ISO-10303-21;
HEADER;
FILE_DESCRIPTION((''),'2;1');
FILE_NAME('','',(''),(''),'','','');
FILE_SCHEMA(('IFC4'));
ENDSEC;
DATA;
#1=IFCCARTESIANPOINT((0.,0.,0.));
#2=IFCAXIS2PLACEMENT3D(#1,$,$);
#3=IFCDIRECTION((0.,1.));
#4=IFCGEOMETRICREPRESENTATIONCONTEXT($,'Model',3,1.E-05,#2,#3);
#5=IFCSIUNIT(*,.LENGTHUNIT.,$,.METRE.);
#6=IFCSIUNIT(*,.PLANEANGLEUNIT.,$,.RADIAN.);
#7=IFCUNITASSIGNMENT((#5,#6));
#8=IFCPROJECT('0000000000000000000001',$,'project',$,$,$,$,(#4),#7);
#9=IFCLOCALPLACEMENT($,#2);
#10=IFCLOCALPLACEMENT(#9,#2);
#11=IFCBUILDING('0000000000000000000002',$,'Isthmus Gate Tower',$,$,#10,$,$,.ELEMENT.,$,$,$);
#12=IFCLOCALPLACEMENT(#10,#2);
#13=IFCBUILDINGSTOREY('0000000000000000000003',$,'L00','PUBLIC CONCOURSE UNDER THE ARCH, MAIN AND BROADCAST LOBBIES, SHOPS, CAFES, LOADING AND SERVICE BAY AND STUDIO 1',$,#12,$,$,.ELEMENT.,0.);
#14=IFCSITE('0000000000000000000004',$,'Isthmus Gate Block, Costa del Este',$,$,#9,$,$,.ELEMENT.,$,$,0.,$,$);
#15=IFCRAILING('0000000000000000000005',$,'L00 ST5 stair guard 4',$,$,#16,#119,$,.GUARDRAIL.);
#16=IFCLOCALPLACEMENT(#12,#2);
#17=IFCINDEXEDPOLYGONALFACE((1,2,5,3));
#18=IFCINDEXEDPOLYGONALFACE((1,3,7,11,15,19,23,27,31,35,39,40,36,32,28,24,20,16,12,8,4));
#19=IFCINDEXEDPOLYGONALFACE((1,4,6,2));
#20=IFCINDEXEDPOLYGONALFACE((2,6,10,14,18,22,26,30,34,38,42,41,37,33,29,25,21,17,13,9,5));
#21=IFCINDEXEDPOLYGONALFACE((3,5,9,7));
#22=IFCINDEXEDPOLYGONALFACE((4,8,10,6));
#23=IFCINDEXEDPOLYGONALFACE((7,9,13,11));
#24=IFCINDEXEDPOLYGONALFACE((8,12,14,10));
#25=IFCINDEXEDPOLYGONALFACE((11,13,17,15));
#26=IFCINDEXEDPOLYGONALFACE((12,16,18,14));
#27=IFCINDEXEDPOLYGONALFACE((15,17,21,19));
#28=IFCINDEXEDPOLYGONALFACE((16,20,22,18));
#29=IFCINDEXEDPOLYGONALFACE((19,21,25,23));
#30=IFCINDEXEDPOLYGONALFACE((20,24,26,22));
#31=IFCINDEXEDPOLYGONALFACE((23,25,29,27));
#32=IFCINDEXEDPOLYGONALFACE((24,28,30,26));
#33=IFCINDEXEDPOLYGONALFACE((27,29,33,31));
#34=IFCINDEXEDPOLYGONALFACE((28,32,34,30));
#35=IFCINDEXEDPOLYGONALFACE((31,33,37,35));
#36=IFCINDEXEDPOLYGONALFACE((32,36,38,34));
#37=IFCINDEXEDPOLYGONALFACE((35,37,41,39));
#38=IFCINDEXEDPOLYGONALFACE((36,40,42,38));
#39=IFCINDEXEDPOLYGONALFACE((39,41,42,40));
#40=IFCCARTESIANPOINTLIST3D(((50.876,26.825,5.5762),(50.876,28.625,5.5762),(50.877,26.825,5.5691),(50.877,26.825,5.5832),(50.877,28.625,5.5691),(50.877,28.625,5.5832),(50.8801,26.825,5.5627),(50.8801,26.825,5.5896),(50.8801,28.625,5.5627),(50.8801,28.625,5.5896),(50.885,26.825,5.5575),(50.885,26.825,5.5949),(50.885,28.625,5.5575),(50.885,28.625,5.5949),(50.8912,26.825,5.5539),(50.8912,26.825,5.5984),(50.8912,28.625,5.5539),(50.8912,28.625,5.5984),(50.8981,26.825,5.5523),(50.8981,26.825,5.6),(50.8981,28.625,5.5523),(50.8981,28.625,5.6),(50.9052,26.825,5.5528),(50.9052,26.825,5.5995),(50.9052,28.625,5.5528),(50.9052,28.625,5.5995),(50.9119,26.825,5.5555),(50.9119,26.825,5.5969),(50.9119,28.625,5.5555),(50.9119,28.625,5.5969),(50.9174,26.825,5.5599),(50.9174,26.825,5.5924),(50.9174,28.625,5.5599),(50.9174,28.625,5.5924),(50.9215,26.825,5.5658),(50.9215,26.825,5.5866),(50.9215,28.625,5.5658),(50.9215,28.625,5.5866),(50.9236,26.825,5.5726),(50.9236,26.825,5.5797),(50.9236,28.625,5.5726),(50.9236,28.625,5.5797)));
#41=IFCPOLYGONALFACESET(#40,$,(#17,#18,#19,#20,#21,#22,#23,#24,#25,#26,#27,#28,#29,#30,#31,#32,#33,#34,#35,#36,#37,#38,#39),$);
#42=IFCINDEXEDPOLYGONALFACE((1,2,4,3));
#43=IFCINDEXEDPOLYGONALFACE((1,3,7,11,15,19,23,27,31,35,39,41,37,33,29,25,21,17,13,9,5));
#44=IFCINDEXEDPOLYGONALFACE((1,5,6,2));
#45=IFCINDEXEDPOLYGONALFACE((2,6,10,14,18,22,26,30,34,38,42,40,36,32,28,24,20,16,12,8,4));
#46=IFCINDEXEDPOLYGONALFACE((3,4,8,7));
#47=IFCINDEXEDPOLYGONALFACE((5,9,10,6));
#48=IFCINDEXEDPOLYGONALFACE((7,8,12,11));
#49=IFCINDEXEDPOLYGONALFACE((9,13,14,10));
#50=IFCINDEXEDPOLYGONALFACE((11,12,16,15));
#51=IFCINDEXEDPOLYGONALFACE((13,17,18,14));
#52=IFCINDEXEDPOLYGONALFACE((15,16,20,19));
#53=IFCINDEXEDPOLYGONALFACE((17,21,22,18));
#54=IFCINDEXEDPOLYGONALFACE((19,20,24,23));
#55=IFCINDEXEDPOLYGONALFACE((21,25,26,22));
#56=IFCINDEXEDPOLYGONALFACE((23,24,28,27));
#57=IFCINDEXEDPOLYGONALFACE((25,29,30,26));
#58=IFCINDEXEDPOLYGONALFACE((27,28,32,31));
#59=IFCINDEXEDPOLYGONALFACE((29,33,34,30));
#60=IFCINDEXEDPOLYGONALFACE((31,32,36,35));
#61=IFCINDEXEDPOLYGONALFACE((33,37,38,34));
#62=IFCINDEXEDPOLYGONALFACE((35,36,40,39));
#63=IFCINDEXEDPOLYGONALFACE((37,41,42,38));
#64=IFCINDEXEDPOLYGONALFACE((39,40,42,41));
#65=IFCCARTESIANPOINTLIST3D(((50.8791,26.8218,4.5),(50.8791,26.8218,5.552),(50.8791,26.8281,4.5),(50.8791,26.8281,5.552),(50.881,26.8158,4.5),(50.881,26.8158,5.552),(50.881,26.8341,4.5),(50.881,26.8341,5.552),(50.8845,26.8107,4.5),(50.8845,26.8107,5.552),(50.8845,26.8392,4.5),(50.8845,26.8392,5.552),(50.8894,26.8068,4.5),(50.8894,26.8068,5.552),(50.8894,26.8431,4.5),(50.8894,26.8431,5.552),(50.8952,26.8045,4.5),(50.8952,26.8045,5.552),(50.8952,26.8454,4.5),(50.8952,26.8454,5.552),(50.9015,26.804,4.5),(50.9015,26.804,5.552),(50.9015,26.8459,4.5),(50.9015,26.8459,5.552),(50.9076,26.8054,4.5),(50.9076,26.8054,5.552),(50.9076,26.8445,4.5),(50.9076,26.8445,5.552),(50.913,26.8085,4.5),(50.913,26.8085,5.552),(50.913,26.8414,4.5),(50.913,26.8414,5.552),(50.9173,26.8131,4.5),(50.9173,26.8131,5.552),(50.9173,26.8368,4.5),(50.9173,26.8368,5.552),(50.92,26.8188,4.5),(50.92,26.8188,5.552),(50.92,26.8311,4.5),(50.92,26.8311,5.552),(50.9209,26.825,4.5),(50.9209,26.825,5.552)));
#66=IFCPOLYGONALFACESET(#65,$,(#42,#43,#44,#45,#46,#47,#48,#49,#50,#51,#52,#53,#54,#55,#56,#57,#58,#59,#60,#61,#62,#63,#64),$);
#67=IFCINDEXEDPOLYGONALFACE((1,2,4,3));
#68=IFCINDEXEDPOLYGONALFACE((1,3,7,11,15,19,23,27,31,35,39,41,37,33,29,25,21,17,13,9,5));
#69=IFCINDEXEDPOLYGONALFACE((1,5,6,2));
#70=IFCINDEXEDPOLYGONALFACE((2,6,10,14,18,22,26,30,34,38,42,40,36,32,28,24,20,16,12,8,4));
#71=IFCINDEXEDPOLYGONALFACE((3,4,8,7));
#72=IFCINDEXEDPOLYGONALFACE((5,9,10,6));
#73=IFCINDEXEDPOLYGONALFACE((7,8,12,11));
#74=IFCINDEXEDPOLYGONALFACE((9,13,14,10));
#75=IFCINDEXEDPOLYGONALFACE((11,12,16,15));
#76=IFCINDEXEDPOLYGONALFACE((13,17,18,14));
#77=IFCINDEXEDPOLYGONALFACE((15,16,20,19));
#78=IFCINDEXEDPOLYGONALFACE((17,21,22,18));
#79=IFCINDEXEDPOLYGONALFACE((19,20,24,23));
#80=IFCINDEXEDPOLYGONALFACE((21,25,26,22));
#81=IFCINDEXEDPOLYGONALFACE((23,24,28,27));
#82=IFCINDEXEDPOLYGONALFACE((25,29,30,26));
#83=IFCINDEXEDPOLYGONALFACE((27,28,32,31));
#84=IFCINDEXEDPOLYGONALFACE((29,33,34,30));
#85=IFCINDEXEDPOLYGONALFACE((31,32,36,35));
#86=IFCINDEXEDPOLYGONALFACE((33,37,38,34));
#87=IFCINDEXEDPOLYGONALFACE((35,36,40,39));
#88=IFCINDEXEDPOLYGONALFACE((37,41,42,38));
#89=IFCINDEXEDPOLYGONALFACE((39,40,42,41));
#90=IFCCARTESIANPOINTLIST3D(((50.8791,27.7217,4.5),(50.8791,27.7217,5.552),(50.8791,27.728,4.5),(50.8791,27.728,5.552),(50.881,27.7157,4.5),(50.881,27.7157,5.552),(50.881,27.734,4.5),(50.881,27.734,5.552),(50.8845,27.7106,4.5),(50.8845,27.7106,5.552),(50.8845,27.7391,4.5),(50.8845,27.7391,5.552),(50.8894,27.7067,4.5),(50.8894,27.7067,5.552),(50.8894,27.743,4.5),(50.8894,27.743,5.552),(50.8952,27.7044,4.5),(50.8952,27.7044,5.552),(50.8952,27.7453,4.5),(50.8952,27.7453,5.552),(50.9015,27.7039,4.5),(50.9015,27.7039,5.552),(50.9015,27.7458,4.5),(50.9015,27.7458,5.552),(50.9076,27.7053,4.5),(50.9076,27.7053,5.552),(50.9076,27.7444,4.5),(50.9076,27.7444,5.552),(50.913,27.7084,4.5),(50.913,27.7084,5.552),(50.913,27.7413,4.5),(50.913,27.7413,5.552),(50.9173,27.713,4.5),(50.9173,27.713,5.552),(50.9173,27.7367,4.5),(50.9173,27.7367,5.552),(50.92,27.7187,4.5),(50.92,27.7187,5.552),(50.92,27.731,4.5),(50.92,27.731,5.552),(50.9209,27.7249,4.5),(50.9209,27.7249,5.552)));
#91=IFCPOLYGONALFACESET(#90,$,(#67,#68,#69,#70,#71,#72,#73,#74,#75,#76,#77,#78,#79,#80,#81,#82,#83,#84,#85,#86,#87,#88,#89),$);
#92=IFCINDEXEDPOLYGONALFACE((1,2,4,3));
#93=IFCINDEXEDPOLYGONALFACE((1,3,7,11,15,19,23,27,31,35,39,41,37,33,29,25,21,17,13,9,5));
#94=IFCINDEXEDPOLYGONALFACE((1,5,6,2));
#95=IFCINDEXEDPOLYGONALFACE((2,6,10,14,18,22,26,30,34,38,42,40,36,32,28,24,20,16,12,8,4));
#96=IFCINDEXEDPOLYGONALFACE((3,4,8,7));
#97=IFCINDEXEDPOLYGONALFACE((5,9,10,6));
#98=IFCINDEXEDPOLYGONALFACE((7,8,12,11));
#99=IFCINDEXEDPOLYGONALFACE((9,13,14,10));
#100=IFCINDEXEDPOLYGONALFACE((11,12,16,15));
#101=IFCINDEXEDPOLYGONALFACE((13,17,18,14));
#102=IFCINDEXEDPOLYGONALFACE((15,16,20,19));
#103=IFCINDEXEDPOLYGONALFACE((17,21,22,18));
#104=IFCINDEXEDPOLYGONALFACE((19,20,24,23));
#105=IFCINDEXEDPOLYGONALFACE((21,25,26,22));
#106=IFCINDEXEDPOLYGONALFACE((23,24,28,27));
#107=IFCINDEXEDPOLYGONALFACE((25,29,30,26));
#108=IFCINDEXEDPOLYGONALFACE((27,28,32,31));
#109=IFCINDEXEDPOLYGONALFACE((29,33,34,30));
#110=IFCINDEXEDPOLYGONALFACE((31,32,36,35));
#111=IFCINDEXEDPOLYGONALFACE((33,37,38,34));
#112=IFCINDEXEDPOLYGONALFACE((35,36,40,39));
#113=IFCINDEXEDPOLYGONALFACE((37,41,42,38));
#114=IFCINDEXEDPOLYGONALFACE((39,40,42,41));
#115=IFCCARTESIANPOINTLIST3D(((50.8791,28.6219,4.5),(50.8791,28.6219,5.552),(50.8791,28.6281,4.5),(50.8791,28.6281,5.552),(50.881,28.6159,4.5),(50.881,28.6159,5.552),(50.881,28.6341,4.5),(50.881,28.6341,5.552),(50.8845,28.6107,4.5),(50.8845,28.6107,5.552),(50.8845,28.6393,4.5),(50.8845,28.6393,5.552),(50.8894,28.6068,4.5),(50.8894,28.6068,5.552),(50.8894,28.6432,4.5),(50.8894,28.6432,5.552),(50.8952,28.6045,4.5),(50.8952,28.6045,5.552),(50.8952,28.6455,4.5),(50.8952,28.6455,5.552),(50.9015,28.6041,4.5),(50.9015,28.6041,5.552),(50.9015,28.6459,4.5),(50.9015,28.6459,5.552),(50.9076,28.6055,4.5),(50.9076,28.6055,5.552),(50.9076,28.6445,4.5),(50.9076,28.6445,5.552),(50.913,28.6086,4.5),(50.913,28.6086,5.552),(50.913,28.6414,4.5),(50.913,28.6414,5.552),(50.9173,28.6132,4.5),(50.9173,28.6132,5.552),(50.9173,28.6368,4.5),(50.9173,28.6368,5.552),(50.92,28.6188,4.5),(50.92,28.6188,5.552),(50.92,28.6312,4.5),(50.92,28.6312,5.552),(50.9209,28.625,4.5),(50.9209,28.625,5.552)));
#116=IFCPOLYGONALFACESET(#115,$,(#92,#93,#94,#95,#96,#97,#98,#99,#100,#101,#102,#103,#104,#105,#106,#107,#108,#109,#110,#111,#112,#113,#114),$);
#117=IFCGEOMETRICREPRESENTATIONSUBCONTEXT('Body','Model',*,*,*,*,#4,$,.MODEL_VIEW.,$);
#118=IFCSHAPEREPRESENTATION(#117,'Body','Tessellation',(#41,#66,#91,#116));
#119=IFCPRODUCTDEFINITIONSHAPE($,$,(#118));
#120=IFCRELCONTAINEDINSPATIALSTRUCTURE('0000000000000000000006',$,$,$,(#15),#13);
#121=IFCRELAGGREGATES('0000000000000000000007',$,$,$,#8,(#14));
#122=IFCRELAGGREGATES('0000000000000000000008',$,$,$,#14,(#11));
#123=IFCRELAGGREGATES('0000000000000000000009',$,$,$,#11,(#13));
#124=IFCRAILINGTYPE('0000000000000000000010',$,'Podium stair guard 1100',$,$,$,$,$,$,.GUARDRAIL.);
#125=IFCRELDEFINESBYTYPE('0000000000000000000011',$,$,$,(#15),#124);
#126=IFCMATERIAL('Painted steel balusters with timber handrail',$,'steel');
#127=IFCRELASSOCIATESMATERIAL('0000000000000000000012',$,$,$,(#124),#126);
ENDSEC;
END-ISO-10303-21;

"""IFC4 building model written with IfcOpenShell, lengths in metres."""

from ifc_helpers import new_model, si_unit, direction, frame, origin, origin_2d, place, context, subcontext, project, spatial, circle, extrude, material, type_object, element, save


model = new_model("IFC4")

# Units and contexts
model_context = context("Model", 3, precision=1e-05, world=origin(), true_north=direction((0.0, 1.0)))
body_context = subcontext(model_context, "Body", "Model", "MODEL_VIEW")
ifc_project = project(units=[si_unit("LENGTHUNIT", "METRE"), si_unit("PLANEANGLEUNIT", "RADIAN")], contexts=[model_context])

# Site, building, storey
site_placement = place(None, origin())
site = spatial("IfcSite", under=ifc_project, at=site_placement, Name="Isthmus Gate Block, Costa del Este", CompositionType="ELEMENT", RefElevation=0.0)
building_placement = place(site_placement, origin())
building = spatial("IfcBuilding", under=site, at=building_placement, Name="Isthmus Gate Tower", CompositionType="ELEMENT")
storey_placement = place(building_placement, origin())
storey = spatial("IfcBuildingStorey", under=building, at=storey_placement, Name="L00", Description="PUBLIC CONCOURSE UNDER THE ARCH, MAIN AND BROADCAST LOBBIES, SHOPS, CAFES, LOADING AND SERVICE BAY AND STUDIO 1", CompositionType="ELEMENT", Elevation=0.0)

# Railing
ifc_material_1 = material(Name="Painted steel balusters with timber handrail", Category="steel")
railing_type_1 = type_object("IfcRailingType", Name="Podium stair guard 1100", PredefinedType="GUARDRAIL", material=ifc_material_1)
railing_1_placement = place(storey_placement, frame((50.8999, 26.825, 4.5)))
element("IfcRailing", 1, at=railing_1_placement, inside=storey, type_object=railing_type_1, Name="L00 ST5 stair guard 4", PredefinedType="GUARDRAIL", context=body_context, shape_type="SweptSolid", body=[
    extrude(circle(Radius=0.0239, at=origin_2d()), frame((0.0, 0.0, 1.0762), z_axis=(0.0, 1.0, 0.0), x_axis=(-1.0, 0.0, 0.0)), (0.0, 0.0, 1.0), 1.8),
    extrude(circle(Radius=0.021, at=origin_2d()), origin(), (0.0, 0.0, 1.0), 1.052),
    extrude(circle(Radius=0.021, at=origin_2d()), frame((0.0, 0.8999, 0.0)), (0.0, 0.0, 1.0), 1.052),
    extrude(circle(Radius=0.021, at=origin_2d()), frame((0.0, 1.8, 0.0)), (0.0, 0.0, 1.0), 1.052),
])

save(model, "model.ifc")
